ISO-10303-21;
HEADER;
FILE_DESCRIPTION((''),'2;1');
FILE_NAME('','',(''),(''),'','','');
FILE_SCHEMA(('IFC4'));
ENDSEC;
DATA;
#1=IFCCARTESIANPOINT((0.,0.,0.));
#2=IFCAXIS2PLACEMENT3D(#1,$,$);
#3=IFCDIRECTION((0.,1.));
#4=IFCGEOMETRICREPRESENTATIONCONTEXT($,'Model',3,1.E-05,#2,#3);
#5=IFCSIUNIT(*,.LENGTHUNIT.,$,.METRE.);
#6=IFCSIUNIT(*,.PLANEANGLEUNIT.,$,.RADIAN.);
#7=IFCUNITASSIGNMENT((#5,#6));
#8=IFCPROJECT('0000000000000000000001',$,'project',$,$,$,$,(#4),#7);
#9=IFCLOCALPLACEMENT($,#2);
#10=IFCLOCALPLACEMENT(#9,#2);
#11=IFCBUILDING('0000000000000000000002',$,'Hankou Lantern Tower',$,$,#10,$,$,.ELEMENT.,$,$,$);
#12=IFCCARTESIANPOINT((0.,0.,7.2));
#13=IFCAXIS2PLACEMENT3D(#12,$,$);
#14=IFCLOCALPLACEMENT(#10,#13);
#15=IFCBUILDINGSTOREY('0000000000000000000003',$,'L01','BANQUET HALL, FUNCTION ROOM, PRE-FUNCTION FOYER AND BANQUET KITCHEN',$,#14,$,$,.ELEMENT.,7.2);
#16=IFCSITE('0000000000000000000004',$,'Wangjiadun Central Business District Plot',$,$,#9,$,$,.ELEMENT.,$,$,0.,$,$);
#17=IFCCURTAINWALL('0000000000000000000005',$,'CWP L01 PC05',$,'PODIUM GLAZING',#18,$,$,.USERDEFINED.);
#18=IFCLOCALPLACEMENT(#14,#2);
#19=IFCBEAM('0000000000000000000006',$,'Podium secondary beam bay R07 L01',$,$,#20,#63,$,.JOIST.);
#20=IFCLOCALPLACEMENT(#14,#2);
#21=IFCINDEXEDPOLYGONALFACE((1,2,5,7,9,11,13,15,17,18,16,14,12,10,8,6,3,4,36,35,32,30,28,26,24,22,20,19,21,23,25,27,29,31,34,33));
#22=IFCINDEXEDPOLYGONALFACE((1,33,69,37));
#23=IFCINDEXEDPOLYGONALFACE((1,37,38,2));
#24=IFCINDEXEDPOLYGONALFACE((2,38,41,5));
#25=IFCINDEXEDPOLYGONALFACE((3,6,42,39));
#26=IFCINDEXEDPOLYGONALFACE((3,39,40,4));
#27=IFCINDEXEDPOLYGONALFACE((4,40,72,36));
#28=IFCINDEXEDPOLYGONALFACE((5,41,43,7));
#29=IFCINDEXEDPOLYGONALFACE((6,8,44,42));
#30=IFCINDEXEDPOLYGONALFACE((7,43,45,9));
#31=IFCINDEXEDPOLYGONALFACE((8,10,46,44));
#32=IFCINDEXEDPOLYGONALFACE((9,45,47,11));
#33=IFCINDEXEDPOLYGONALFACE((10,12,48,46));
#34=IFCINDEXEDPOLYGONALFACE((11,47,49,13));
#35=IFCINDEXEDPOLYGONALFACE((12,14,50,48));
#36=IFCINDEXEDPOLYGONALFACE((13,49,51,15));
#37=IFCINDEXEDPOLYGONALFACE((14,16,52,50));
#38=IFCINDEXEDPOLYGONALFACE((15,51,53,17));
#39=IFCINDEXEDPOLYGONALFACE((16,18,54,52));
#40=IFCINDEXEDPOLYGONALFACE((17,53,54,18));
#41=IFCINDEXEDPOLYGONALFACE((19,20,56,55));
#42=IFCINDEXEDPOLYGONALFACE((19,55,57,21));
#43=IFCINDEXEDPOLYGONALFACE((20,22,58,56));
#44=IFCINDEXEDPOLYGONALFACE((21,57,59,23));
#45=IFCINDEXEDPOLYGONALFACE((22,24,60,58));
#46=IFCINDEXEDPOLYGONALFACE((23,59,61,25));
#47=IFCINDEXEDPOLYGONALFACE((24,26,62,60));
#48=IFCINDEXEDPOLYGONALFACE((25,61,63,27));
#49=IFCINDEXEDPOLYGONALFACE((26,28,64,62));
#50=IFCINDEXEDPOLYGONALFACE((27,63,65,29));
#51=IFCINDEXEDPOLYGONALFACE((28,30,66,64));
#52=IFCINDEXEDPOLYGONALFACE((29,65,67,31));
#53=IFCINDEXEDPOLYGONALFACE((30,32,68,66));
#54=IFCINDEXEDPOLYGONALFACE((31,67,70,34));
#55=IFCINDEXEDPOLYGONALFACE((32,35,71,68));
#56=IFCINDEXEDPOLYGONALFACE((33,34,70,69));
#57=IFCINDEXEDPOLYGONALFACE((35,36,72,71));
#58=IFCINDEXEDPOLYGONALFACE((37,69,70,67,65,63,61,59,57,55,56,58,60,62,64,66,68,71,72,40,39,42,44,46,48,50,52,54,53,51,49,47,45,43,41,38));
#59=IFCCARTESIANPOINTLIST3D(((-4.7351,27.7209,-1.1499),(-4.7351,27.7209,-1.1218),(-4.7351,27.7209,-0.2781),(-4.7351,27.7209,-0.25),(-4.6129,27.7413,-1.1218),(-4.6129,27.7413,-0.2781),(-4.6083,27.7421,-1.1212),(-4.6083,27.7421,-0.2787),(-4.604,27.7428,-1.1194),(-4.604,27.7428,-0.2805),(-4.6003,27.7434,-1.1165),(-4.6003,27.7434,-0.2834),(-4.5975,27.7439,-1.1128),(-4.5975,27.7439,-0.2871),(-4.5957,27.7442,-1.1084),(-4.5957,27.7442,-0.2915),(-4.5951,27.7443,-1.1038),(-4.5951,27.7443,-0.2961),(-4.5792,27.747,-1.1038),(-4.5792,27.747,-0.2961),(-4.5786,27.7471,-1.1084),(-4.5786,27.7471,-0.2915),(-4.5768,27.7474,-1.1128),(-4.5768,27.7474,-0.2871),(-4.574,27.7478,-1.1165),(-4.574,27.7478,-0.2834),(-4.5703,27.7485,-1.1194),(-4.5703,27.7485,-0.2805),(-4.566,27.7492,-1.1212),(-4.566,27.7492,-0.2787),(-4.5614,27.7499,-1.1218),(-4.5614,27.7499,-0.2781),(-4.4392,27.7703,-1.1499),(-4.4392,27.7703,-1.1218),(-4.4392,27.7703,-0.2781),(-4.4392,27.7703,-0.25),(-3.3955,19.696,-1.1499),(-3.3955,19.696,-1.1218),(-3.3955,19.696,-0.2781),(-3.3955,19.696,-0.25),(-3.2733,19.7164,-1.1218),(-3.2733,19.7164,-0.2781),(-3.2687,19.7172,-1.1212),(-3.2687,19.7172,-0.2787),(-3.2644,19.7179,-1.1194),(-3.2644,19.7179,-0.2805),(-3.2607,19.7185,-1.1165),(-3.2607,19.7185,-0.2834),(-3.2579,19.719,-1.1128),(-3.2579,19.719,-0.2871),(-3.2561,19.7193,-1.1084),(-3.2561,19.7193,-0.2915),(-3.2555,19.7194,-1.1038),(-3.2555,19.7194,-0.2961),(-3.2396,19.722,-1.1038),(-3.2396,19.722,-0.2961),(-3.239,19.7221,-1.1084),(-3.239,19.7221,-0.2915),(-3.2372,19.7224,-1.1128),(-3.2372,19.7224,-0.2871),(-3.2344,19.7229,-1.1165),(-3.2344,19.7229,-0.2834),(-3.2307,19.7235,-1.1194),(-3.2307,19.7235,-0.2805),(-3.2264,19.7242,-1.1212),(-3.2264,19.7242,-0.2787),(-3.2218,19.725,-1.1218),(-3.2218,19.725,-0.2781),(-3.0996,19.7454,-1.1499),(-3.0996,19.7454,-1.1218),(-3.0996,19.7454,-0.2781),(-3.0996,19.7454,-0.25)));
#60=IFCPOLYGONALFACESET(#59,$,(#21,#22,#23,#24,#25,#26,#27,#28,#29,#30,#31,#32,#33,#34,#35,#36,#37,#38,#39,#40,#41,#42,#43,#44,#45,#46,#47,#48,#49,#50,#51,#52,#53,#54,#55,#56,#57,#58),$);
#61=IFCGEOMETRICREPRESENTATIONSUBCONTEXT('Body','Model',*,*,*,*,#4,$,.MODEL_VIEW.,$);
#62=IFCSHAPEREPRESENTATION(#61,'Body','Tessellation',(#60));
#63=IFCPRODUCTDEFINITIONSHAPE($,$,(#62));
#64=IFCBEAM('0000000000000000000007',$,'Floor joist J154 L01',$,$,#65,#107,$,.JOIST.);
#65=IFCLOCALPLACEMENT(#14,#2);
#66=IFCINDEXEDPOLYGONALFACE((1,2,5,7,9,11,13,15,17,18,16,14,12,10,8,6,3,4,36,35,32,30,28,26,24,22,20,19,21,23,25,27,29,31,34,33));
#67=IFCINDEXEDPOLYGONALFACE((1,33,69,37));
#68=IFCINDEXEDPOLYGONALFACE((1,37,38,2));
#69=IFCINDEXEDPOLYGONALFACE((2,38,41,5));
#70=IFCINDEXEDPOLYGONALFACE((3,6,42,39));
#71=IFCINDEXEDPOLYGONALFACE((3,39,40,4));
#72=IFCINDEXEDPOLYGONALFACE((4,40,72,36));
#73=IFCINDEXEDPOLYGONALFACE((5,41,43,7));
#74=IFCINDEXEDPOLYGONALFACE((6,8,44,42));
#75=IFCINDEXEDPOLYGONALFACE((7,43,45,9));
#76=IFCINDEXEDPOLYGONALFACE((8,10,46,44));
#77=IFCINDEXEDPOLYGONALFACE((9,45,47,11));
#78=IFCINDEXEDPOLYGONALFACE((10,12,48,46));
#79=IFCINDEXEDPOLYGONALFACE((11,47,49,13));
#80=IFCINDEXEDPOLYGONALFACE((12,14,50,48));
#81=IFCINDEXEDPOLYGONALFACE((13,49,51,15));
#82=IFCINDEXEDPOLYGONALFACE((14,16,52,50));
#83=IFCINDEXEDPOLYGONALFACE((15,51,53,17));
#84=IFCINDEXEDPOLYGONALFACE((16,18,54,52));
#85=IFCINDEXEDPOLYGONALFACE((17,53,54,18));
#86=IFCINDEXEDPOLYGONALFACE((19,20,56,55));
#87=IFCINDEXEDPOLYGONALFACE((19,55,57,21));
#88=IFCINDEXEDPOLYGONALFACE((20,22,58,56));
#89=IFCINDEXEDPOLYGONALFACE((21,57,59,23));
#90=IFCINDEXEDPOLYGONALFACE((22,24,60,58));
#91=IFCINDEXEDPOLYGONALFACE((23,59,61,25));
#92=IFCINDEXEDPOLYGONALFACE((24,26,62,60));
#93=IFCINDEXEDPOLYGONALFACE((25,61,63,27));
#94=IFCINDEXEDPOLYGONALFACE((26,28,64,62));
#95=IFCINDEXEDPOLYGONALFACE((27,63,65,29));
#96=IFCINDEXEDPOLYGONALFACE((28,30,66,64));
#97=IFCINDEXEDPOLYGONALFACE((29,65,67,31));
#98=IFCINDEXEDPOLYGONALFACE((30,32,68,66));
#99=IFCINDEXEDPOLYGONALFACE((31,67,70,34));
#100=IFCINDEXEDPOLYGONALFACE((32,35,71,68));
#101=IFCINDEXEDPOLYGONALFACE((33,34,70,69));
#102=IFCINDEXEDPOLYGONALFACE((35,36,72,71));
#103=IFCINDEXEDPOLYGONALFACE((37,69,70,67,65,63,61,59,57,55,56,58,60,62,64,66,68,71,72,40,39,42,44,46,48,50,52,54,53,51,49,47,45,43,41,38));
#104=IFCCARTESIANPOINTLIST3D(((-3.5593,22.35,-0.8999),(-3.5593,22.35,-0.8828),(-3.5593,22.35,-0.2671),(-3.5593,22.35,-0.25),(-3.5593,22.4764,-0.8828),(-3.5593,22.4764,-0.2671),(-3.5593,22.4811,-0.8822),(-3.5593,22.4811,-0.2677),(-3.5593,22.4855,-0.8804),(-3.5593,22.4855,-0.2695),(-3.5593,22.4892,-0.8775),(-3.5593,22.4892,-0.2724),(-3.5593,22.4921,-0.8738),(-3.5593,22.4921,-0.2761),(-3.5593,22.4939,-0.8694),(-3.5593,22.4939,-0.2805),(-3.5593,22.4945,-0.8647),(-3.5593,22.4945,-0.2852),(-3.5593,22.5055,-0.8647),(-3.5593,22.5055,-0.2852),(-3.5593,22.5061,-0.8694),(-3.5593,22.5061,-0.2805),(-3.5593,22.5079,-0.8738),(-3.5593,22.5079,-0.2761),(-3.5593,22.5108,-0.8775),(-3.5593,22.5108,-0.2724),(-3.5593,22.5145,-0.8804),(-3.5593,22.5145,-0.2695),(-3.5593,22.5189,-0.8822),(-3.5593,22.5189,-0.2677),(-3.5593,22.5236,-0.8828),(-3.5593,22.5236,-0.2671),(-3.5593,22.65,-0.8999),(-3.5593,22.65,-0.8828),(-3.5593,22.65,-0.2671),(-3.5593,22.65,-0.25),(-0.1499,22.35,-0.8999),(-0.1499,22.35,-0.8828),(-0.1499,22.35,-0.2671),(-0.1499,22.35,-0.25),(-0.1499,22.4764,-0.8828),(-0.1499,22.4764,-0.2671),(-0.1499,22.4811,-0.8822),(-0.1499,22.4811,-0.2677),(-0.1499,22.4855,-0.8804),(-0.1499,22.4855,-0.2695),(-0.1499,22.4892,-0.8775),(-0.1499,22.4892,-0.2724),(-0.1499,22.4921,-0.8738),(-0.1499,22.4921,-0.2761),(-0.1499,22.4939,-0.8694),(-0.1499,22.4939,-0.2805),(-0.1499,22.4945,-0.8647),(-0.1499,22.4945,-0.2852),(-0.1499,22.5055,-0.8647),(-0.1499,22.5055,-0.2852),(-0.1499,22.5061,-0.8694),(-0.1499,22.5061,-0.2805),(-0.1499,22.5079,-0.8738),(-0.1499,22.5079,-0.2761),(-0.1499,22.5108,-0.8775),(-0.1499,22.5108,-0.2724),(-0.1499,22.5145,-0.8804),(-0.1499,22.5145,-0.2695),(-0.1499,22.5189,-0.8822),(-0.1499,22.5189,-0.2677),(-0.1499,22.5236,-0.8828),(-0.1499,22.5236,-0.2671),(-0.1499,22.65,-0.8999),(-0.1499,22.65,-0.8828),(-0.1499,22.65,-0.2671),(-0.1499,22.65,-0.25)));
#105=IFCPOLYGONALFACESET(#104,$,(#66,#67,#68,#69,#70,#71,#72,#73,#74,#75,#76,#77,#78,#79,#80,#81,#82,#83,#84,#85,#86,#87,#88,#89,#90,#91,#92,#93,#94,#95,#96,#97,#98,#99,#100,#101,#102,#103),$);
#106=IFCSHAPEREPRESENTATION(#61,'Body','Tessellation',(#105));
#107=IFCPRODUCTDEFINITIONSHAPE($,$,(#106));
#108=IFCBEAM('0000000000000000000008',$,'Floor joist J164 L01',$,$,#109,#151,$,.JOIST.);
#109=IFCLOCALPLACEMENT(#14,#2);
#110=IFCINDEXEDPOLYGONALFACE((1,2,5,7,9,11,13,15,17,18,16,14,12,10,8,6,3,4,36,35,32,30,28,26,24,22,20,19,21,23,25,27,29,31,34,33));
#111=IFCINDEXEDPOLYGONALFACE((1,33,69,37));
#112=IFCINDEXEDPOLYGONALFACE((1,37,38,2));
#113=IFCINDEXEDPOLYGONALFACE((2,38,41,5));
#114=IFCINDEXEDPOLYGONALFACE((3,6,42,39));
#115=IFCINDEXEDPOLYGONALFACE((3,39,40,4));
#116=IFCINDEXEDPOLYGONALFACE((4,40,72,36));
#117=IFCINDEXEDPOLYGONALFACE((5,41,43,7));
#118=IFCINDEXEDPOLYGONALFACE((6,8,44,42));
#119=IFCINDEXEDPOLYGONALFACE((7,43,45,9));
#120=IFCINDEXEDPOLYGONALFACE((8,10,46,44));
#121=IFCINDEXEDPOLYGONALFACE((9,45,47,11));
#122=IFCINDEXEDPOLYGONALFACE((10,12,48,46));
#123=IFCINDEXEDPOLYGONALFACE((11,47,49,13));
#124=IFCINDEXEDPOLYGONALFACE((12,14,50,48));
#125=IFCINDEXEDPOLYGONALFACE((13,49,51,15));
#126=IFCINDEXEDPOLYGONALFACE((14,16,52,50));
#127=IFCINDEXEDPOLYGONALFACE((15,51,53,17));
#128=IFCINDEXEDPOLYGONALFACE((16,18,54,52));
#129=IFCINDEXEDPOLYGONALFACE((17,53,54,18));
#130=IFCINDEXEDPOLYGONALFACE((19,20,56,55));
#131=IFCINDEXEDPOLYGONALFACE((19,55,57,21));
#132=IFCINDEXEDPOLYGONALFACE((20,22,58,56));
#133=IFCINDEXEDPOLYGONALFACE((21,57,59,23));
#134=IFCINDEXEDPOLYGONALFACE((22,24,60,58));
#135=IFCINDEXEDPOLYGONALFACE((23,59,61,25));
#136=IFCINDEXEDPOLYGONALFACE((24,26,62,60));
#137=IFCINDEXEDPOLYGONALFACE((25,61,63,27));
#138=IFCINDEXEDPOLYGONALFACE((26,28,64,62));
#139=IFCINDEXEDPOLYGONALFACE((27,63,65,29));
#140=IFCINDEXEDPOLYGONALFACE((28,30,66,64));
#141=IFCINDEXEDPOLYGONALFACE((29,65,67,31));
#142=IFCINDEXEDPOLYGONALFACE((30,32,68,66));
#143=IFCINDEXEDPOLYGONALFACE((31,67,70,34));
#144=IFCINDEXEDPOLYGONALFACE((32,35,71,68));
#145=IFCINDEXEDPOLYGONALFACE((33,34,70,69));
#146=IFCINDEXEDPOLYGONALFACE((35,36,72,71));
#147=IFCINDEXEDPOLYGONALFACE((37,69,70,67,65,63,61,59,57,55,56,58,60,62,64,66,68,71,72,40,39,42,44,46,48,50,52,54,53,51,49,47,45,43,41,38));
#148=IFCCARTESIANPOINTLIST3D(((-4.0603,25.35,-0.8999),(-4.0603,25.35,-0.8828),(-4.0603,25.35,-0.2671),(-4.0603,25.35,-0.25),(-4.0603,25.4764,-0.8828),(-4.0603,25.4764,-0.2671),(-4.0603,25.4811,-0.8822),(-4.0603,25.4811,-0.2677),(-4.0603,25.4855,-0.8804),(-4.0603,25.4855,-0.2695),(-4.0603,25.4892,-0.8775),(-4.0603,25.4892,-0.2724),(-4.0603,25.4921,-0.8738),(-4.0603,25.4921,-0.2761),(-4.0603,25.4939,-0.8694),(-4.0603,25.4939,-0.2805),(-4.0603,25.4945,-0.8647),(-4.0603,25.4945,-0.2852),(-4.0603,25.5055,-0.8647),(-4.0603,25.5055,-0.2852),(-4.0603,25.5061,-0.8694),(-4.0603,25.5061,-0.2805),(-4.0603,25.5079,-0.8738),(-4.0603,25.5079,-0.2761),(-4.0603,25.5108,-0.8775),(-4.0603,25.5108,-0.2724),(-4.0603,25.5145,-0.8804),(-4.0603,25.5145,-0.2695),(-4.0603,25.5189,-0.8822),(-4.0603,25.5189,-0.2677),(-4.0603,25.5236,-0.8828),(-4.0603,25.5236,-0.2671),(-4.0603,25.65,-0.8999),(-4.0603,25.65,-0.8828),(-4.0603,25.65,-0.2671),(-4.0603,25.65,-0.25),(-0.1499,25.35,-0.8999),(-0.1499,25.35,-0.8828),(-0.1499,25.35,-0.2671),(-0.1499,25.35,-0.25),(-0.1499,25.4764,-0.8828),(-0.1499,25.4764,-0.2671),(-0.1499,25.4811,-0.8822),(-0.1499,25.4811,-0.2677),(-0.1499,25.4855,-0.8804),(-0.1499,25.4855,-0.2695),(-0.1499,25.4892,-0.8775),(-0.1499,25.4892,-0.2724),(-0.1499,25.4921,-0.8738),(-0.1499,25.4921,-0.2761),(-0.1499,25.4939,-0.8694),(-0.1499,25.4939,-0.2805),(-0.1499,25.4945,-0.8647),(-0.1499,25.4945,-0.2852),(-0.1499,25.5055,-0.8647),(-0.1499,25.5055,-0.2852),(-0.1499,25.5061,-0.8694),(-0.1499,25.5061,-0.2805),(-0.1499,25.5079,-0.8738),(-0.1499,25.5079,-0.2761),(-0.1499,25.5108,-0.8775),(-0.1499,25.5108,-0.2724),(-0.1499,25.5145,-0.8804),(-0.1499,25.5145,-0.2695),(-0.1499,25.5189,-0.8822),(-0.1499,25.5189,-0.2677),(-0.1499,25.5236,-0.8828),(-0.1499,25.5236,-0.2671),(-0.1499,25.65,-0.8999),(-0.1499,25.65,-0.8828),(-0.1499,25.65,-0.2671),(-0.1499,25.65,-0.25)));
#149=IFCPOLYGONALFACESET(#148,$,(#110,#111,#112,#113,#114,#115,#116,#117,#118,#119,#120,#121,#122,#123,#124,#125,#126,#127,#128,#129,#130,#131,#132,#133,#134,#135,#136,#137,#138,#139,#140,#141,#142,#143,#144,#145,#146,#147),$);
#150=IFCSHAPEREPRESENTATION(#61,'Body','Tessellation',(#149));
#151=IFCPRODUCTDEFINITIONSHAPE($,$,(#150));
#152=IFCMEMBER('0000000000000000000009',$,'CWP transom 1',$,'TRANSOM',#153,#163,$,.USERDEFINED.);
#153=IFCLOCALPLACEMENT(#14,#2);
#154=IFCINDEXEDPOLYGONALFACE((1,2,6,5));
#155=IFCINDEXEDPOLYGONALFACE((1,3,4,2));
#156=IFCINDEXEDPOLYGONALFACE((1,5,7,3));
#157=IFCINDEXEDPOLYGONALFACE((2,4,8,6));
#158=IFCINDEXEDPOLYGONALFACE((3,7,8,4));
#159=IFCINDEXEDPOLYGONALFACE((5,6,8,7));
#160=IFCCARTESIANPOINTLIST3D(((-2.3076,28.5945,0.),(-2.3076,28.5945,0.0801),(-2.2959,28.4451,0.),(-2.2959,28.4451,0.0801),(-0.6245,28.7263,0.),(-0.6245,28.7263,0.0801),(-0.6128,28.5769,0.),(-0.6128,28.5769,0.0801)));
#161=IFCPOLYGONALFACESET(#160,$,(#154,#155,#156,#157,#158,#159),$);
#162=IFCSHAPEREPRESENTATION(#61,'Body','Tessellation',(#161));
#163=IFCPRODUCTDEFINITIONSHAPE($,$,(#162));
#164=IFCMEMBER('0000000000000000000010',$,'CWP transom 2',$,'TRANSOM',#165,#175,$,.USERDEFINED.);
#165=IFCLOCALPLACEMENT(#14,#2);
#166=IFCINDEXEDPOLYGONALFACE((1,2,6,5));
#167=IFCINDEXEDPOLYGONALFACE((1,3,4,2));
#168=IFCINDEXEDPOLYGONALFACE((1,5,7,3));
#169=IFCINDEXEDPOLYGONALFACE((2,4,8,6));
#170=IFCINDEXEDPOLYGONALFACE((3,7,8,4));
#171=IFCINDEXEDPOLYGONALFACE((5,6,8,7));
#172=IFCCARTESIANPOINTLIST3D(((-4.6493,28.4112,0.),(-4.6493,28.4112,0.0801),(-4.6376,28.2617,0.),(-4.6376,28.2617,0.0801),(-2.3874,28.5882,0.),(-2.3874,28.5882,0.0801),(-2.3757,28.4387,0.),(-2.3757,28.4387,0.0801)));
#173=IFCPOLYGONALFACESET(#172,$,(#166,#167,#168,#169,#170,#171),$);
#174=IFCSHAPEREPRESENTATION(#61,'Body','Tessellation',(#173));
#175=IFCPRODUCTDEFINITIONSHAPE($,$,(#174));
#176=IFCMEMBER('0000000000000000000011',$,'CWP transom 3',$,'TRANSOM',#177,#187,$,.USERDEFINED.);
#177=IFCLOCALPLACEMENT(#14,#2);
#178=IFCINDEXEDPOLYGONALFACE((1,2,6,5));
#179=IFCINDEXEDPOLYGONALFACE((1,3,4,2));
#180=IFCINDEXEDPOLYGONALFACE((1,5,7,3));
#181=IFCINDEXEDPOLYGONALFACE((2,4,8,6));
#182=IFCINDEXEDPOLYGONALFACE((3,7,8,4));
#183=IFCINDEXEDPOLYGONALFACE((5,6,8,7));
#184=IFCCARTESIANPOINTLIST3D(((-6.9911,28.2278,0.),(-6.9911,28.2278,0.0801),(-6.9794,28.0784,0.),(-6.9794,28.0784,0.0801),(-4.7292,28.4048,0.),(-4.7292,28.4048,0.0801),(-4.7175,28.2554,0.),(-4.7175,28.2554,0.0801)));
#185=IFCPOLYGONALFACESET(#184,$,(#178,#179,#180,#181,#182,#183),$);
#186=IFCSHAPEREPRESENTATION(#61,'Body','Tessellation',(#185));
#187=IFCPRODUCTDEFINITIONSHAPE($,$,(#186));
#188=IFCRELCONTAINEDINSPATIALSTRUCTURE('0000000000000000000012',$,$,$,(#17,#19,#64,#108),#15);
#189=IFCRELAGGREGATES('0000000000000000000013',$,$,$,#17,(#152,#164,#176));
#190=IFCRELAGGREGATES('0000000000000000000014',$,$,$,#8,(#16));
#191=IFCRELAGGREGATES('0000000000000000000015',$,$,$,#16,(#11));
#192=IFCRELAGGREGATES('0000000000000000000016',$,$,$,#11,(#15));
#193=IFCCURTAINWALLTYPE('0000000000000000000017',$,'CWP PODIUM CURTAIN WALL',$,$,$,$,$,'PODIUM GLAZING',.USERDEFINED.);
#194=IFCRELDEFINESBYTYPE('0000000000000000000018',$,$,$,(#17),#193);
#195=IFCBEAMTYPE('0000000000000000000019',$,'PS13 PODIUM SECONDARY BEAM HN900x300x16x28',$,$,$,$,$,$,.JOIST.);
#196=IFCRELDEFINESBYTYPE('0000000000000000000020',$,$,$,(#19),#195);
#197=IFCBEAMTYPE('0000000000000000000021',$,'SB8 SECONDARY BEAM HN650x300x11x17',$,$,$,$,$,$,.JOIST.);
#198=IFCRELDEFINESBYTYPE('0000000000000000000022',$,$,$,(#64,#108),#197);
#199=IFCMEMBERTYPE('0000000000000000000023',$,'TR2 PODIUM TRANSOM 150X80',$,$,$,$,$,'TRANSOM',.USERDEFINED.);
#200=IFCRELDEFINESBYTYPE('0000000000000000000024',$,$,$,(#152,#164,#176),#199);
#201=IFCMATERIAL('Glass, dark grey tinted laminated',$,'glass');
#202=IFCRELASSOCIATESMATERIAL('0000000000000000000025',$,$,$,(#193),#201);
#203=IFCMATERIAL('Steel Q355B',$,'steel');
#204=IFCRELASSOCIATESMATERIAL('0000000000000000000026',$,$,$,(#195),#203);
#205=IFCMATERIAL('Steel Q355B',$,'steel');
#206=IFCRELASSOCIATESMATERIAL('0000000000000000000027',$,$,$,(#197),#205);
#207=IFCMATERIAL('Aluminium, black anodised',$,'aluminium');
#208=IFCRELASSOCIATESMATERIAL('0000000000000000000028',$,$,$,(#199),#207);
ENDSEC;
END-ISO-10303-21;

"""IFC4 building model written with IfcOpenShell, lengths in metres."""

from ifc_helpers import new_model, si_unit, direction, frame, origin, origin_2d, place, context, subcontext, project, spatial, rectangle, i_section, extrude, material, material_profile, profile_set, type_object, element, aggregate, save


model = new_model("IFC4")

# Units and contexts
model_context = context("Model", 3, precision=1e-05, world=origin(), true_north=direction((0.0, 1.0)))
body_context = subcontext(model_context, "Body", "Model", "MODEL_VIEW")
ifc_project = project(units=[si_unit("LENGTHUNIT", "METRE"), si_unit("PLANEANGLEUNIT", "RADIAN")], contexts=[model_context])

# Site, building, storey
site_placement = place(None, origin())
site = spatial("IfcSite", under=ifc_project, at=site_placement, Name="Wangjiadun Central Business District Plot", CompositionType="ELEMENT", RefElevation=0.0)
building_placement = place(site_placement, origin())
building = spatial("IfcBuilding", under=site, at=building_placement, Name="Hankou Lantern Tower", CompositionType="ELEMENT")
storey_placement = place(building_placement, frame((0.0, 0.0, 7.2)))
storey = spatial("IfcBuildingStorey", under=building, at=storey_placement, Name="L01", Description="BANQUET HALL, FUNCTION ROOM, PRE-FUNCTION FOYER AND BANQUET KITCHEN", CompositionType="ELEMENT", Elevation=7.2)

# Curtain wall
ifc_material_1 = material(Name="Glass, dark grey tinted laminated", Category="glass")
curtain_wall_type = type_object("IfcCurtainWallType", Name="CWP PODIUM CURTAIN WALL", ElementType="PODIUM GLAZING", PredefinedType="USERDEFINED", material=ifc_material_1)
curtain_wall_placement = place(storey_placement, origin())
curtain_wall = element("IfcCurtainWall", 1, at=curtain_wall_placement, inside=storey, type_object=curtain_wall_type, Name="CWP L01 PC05", ObjectType="PODIUM GLAZING", PredefinedType="USERDEFINED")

# Beams
ifc_material_2 = material(Name="Steel Q355B", Category="steel")
ifc_material_profile_1 = material_profile(ifc_material_2, i_section(OverallWidth=0.3, OverallDepth=0.8999, WebThickness=0.0161, FlangeThickness=0.0281, FilletRadius=0.0181, at=origin_2d()), Name="HN900x300x16x28")
ifc_profile_set_1 = profile_set([ifc_material_profile_1], Name="Steel Q355B")
beam_type_1 = type_object("IfcBeamType", Name="PS13 PODIUM SECONDARY BEAM HN900x300x16x28", PredefinedType="JOIST", material=ifc_profile_set_1)
beam_1_placement = place(storey_placement, frame((-3.2476, 19.7207, -0.7), z_axis=(-0.164652, 0.986352, 0.0), x_axis=(-0.986352, -0.164652, 0.0)))
element("IfcBeam", 2, at=beam_1_placement, inside=storey, type_object=beam_type_1, Name="Podium secondary beam bay R07 L01", PredefinedType="JOIST", context=body_context, shape_type="SweptSolid", body=[
    extrude(i_section(OverallWidth=0.3, OverallDepth=0.8999, WebThickness=0.0161, FlangeThickness=0.0281, FilletRadius=0.0181, at=origin_2d()), origin(), (0.0, 0.0, 1.0), 8.136),
])
ifc_material_3 = material(Name="Steel Q355B", Category="steel")
ifc_material_profile_2 = material_profile(ifc_material_3, i_section(OverallWidth=0.3, OverallDepth=0.6499, WebThickness=0.011, FlangeThickness=0.0171, FilletRadius=0.0181, at=origin_2d()), Name="HN650x300x11x17")
ifc_profile_set_2 = profile_set([ifc_material_profile_2], Name="Steel Q355B")
beam_type_2 = type_object("IfcBeamType", Name="SB8 SECONDARY BEAM HN650x300x11x17", PredefinedType="JOIST", material=ifc_profile_set_2)
beam_2_placement = place(storey_placement, frame((-3.5593, 22.5, -0.575), z_axis=(1.0, 0.0, 0.0), x_axis=(0.0, 1.0, 0.0)))
element("IfcBeam", 3, at=beam_2_placement, inside=storey, type_object=beam_type_2, Name="Floor joist J154 L01", PredefinedType="JOIST", context=body_context, shape_type="SweptSolid", body=[
    extrude(i_section(OverallWidth=0.3, OverallDepth=0.6499, WebThickness=0.011, FlangeThickness=0.0171, FilletRadius=0.0181, at=origin_2d()), origin(), (0.0, 0.0, 1.0), 3.4094),
])
beam_3_placement = place(storey_placement, frame((-4.0603, 25.5, -0.575), z_axis=(1.0, 0.0, 0.0), x_axis=(0.0, 1.0, 0.0)))
element("IfcBeam", 4, at=beam_3_placement, inside=storey, type_object=beam_type_2, Name="Floor joist J164 L01", PredefinedType="JOIST", context=body_context, shape_type="SweptSolid", body=[
    extrude(i_section(OverallWidth=0.3, OverallDepth=0.6499, WebThickness=0.011, FlangeThickness=0.0171, FilletRadius=0.0181, at=origin_2d()), origin(), (0.0, 0.0, 1.0), 3.9104),
])

# Members
ifc_material_4 = material(Name="Aluminium, black anodised", Category="aluminium")
ifc_material_profile_3 = material_profile(ifc_material_4, rectangle(XDim=0.1499, YDim=0.0801, at=origin_2d()), Name="TR2 150X80")
ifc_profile_set_3 = profile_set([ifc_material_profile_3], Name="Aluminium, black anodised")
member_type_1 = type_object("IfcMemberType", Name="TR2 PODIUM TRANSOM 150X80", ElementType="TRANSOM", PredefinedType="USERDEFINED", material=ifc_profile_set_3)
member_1_placement = place(storey_placement, frame((-0.6187, 28.6516, 0.04), z_axis=(-0.996946, -0.07809, 0.0), x_axis=(0.07809, -0.996946, 0.0)))
member_1 = element("IfcMember", 5, at=member_1_placement, type_object=member_type_1, Name="CWP transom 1", ObjectType="TRANSOM", PredefinedType="USERDEFINED", context=body_context, shape_type="SweptSolid", body=[
    extrude(rectangle(XDim=0.1499, YDim=0.0801, at=origin_2d()), origin(), (0.0, 0.0, 1.0), 1.6882),
])
member_2_placement = place(storey_placement, frame((-2.3816, 28.5134, 0.04), z_axis=(-0.996952, -0.078013, 0.0), x_axis=(0.078013, -0.996952, 0.0)))
member_2 = element("IfcMember", 6, at=member_2_placement, type_object=member_type_1, Name="CWP transom 2", ObjectType="TRANSOM", PredefinedType="USERDEFINED", context=body_context, shape_type="SweptSolid", body=[
    extrude(rectangle(XDim=0.1499, YDim=0.0801, at=origin_2d()), origin(), (0.0, 0.0, 1.0), 2.2688),
])
member_3_placement = place(storey_placement, frame((-4.7234, 28.3301, 0.04), z_axis=(-0.996952, -0.078013, 0.0), x_axis=(0.078013, -0.996952, 0.0)))
member_3 = element("IfcMember", 7, at=member_3_placement, type_object=member_type_1, Name="CWP transom 3", ObjectType="TRANSOM", PredefinedType="USERDEFINED", context=body_context, shape_type="SweptSolid", body=[
    extrude(rectangle(XDim=0.1499, YDim=0.0801, at=origin_2d()), origin(), (0.0, 0.0, 1.0), 2.2688),
])

aggregate(curtain_wall, [member_1, member_2, member_3])

save(model, "model.ifc")
